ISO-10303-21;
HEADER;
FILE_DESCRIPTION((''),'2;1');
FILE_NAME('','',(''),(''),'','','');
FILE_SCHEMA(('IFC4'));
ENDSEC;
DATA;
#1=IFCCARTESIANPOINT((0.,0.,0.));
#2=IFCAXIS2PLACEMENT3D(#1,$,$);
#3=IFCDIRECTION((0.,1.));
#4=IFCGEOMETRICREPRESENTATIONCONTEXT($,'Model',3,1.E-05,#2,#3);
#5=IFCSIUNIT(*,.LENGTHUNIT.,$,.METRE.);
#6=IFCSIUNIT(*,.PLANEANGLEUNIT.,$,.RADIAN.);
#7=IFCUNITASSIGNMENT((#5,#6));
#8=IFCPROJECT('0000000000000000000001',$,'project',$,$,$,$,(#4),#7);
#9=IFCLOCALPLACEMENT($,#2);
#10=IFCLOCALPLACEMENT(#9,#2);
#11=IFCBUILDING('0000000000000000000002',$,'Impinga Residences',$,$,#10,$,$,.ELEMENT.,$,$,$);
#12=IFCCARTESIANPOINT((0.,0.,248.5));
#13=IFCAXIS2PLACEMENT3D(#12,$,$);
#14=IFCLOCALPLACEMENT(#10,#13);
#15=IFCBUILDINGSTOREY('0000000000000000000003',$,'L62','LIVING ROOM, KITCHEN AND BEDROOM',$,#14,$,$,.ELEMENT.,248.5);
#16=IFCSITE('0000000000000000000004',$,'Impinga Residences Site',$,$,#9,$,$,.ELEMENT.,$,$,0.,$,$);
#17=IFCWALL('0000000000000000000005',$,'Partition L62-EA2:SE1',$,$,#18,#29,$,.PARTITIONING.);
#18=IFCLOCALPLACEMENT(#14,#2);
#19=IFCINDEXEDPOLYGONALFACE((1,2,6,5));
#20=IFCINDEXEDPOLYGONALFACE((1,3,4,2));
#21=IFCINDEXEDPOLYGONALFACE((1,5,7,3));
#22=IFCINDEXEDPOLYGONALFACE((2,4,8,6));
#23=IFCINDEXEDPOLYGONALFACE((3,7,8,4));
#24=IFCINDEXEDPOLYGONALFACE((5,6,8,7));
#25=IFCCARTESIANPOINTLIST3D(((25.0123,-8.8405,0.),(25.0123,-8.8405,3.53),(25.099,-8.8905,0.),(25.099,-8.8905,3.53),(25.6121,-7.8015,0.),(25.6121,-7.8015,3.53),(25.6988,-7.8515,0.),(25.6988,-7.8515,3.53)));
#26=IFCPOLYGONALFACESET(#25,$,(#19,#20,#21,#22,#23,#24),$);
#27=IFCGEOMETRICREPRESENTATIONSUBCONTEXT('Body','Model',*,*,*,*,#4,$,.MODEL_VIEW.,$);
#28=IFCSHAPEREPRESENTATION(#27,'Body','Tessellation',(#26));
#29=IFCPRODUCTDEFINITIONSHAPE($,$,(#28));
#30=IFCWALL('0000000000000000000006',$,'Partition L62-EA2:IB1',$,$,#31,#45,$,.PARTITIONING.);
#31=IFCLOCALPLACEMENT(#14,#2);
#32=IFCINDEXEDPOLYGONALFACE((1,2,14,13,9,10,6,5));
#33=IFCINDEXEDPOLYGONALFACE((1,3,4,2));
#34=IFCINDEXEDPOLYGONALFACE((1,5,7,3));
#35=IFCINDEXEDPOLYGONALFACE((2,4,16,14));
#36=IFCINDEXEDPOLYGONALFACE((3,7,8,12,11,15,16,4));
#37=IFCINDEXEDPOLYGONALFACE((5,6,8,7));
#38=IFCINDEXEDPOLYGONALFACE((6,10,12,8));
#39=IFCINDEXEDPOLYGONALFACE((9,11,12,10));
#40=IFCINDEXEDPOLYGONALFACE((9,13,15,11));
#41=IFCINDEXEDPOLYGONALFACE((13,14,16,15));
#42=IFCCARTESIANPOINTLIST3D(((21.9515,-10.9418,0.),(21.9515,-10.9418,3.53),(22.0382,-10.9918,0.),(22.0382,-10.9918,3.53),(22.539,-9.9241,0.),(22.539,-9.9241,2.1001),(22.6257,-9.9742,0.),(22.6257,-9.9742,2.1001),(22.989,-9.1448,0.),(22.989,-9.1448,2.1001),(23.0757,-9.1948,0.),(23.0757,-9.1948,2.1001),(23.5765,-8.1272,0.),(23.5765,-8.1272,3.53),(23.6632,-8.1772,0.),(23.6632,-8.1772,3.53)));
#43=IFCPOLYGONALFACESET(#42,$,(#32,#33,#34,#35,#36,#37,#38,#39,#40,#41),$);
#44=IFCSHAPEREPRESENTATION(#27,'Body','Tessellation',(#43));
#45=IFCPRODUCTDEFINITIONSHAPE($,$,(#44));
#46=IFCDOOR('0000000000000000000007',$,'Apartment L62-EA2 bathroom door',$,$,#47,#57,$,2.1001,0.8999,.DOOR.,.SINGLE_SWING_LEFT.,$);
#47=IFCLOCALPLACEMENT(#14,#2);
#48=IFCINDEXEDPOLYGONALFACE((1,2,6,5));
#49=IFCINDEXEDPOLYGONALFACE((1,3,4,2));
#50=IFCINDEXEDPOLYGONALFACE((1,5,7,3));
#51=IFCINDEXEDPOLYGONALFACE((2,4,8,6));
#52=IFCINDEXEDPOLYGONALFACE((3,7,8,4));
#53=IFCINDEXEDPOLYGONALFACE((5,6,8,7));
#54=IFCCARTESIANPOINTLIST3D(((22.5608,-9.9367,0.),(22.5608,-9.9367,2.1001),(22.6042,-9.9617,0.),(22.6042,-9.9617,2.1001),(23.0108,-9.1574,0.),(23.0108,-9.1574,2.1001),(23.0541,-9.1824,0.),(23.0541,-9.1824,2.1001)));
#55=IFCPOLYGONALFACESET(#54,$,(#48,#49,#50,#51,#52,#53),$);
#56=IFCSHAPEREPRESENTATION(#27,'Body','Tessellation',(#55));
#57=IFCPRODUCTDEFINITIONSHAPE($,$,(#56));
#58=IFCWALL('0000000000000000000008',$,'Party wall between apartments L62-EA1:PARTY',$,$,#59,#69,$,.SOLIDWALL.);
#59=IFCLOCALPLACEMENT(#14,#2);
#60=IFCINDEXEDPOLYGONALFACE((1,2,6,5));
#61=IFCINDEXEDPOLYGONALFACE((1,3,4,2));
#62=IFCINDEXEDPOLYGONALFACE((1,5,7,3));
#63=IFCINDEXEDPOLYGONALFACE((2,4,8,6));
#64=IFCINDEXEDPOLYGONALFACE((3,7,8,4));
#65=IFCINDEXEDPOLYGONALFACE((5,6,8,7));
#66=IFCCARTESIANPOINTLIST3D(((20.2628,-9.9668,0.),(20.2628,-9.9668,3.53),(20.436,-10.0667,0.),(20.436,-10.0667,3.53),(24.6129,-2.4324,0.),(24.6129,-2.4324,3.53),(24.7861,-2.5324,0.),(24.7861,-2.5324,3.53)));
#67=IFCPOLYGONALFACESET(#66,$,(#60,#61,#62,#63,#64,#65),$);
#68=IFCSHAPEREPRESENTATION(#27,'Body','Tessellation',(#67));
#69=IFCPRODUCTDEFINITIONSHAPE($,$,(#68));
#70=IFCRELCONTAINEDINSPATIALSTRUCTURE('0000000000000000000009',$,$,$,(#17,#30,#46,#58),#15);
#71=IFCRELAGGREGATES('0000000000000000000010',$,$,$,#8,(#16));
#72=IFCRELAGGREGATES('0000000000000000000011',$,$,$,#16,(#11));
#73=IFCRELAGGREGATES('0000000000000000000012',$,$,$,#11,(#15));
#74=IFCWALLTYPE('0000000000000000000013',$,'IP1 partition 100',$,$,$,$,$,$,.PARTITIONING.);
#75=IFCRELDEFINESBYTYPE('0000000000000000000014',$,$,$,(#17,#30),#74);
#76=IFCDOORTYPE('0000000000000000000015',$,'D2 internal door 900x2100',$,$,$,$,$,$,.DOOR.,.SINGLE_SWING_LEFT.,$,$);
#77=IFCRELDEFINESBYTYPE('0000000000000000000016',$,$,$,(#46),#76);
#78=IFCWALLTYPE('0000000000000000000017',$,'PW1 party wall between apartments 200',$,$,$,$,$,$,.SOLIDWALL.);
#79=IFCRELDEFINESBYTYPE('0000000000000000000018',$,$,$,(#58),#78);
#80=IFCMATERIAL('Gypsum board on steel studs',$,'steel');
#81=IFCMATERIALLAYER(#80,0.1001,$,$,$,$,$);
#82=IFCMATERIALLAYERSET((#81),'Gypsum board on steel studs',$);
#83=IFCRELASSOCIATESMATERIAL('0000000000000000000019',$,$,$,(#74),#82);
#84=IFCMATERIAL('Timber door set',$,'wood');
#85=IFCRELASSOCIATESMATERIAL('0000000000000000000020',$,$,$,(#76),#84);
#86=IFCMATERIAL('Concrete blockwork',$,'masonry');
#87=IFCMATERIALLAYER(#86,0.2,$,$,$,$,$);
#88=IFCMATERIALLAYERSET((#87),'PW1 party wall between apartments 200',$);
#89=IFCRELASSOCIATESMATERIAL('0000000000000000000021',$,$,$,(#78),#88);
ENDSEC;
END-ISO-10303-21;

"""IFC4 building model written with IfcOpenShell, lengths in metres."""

from ifc_helpers import new_model, si_unit, direction, frame, frame_2d, origin, place, context, subcontext, project, spatial, rectangle, extrude, material, layer, layer_set, type_object, element, fill, save


model = new_model("IFC4")

# Units and contexts
model_context = context("Model", 3, precision=1e-05, world=origin(), true_north=direction((0.0, 1.0)))
body_context = subcontext(model_context, "Body", "Model", "MODEL_VIEW")
ifc_project = project(units=[si_unit("LENGTHUNIT", "METRE"), si_unit("PLANEANGLEUNIT", "RADIAN")], contexts=[model_context])

# Site, building, storey
site_placement = place(None, origin())
site = spatial("IfcSite", under=ifc_project, at=site_placement, Name="Impinga Residences Site", CompositionType="ELEMENT", RefElevation=0.0)
building_placement = place(site_placement, origin())
building = spatial("IfcBuilding", under=site, at=building_placement, Name="Impinga Residences", CompositionType="ELEMENT")
storey_placement = place(building_placement, frame((0.0, 0.0, 248.5)))
storey = spatial("IfcBuildingStorey", under=building, at=storey_placement, Name="L62", Description="LIVING ROOM, KITCHEN AND BEDROOM", CompositionType="ELEMENT", Elevation=248.5)

# Shared definitions
ifc_material_1 = material(Name="Concrete blockwork", Category="masonry")
ifc_material_2 = material(Name="Timber door set", Category="wood")

# Shared definitions
ifc_material_3 = material(Name="Gypsum board on steel studs", Category="steel")
ifc_layer_1 = layer(ifc_material_3, 0.1001)
ifc_layer_set_1 = layer_set([ifc_layer_1], Name="Gypsum board on steel studs")
wall_type_1 = type_object("IfcWallType", Name="IP1 partition 100", PredefinedType="PARTITIONING", material=ifc_layer_set_1)

# Shared definitions
door_type_1 = type_object("IfcDoorType", Name="D2 internal door 900x2100", OperationType="SINGLE_SWING_LEFT", PredefinedType="DOOR", material=ifc_material_2)

# Wall
wall_1_placement = place(storey_placement, frame((25.0557, -8.8655, 0.0), z_axis=(0.0, 0.0, 1.0), x_axis=(0.499969, 0.866043, 0.0)))
element("IfcWall", 1, at=wall_1_placement, inside=storey, type_object=wall_type_1, Name="Partition L62-EA2:SE1", PredefinedType="PARTITIONING", context=body_context, shape_type="SweptSolid", body=[
    extrude(rectangle(XDim=1.1997, YDim=0.1001, at=frame_2d((0.5999, 0.0))), origin(), (0.0, 0.0, 1.0), 3.53),
])

# Wall, opening, door
wall_2_placement = place(storey_placement, frame((21.9949, -10.9668, 0.0), z_axis=(0.0, 0.0, 1.0), x_axis=(0.499985, 0.866034, 0.0)))
wall_2 = element("IfcWall", 2, at=wall_2_placement, inside=storey, type_object=wall_type_1, Name="Partition L62-EA2:IB1", PredefinedType="PARTITIONING", context=body_context, shape_type="SweptSolid", body=[
    extrude(rectangle(XDim=3.25, YDim=0.1001, at=frame_2d((1.625, 0.0))), origin(), (0.0, 0.0, 1.0), 3.53),
])
opening_1_placement = place(wall_2_placement, frame((1.175, 0.0, 0.0)))
opening_1 = element("IfcOpeningElement", 3, at=opening_1_placement, cuts=wall_2, PredefinedType="OPENING", context=body_context, shape_type="SweptSolid", body=[
    extrude(rectangle(XDim=0.8999, YDim=2.1001, at=frame_2d((0.45, 1.05))), frame((0.0, 0.0601, 0.0), z_axis=(0.0, -1.0, 0.0), x_axis=(1.0, 0.0, 0.0)), (0.0, 0.0, 1.0), 0.1201),
])
door_1_placement = place(opening_1_placement, origin())
door_1 = element("IfcDoor", 4, at=door_1_placement, inside=storey, type_object=door_type_1, Name="Apartment L62-EA2 bathroom door", OperationType="SINGLE_SWING_LEFT", OverallHeight=2.1001, OverallWidth=0.8999, PredefinedType="DOOR", context=body_context, shape_type="SweptSolid", body=[
    extrude(rectangle(XDim=0.8999, YDim=2.1001, at=frame_2d((0.45, 1.05))), frame((0.0, 0.0249, 0.0), z_axis=(0.0, -1.0, 0.0), x_axis=(1.0, 0.0, 0.0)), (0.0, 0.0, 1.0), 0.05),
])
fill(opening_1, door_1)

# Wall
ifc_layer_2 = layer(ifc_material_1, 0.2)
ifc_layer_set_2 = layer_set([ifc_layer_2], Name="PW1 party wall between apartments 200")
wall_type_2 = type_object("IfcWallType", Name="PW1 party wall between apartments 200", PredefinedType="SOLIDWALL", material=ifc_layer_set_2)
wall_3_placement = place(storey_placement, frame((20.3494, -10.0168, 0.0), z_axis=(0.0, 0.0, 1.0), x_axis=(0.500008, 0.866021, 0.0)))
element("IfcWall", 5, at=wall_3_placement, inside=storey, type_object=wall_type_2, Name="Party wall between apartments L62-EA1:PARTY", PredefinedType="SOLIDWALL", context=body_context, shape_type="SweptSolid", body=[
    extrude(rectangle(XDim=8.7, YDim=0.2, at=frame_2d((4.3501, 0.0))), origin(), (0.0, 0.0, 1.0), 3.53),
])

save(model, "model.ifc")
